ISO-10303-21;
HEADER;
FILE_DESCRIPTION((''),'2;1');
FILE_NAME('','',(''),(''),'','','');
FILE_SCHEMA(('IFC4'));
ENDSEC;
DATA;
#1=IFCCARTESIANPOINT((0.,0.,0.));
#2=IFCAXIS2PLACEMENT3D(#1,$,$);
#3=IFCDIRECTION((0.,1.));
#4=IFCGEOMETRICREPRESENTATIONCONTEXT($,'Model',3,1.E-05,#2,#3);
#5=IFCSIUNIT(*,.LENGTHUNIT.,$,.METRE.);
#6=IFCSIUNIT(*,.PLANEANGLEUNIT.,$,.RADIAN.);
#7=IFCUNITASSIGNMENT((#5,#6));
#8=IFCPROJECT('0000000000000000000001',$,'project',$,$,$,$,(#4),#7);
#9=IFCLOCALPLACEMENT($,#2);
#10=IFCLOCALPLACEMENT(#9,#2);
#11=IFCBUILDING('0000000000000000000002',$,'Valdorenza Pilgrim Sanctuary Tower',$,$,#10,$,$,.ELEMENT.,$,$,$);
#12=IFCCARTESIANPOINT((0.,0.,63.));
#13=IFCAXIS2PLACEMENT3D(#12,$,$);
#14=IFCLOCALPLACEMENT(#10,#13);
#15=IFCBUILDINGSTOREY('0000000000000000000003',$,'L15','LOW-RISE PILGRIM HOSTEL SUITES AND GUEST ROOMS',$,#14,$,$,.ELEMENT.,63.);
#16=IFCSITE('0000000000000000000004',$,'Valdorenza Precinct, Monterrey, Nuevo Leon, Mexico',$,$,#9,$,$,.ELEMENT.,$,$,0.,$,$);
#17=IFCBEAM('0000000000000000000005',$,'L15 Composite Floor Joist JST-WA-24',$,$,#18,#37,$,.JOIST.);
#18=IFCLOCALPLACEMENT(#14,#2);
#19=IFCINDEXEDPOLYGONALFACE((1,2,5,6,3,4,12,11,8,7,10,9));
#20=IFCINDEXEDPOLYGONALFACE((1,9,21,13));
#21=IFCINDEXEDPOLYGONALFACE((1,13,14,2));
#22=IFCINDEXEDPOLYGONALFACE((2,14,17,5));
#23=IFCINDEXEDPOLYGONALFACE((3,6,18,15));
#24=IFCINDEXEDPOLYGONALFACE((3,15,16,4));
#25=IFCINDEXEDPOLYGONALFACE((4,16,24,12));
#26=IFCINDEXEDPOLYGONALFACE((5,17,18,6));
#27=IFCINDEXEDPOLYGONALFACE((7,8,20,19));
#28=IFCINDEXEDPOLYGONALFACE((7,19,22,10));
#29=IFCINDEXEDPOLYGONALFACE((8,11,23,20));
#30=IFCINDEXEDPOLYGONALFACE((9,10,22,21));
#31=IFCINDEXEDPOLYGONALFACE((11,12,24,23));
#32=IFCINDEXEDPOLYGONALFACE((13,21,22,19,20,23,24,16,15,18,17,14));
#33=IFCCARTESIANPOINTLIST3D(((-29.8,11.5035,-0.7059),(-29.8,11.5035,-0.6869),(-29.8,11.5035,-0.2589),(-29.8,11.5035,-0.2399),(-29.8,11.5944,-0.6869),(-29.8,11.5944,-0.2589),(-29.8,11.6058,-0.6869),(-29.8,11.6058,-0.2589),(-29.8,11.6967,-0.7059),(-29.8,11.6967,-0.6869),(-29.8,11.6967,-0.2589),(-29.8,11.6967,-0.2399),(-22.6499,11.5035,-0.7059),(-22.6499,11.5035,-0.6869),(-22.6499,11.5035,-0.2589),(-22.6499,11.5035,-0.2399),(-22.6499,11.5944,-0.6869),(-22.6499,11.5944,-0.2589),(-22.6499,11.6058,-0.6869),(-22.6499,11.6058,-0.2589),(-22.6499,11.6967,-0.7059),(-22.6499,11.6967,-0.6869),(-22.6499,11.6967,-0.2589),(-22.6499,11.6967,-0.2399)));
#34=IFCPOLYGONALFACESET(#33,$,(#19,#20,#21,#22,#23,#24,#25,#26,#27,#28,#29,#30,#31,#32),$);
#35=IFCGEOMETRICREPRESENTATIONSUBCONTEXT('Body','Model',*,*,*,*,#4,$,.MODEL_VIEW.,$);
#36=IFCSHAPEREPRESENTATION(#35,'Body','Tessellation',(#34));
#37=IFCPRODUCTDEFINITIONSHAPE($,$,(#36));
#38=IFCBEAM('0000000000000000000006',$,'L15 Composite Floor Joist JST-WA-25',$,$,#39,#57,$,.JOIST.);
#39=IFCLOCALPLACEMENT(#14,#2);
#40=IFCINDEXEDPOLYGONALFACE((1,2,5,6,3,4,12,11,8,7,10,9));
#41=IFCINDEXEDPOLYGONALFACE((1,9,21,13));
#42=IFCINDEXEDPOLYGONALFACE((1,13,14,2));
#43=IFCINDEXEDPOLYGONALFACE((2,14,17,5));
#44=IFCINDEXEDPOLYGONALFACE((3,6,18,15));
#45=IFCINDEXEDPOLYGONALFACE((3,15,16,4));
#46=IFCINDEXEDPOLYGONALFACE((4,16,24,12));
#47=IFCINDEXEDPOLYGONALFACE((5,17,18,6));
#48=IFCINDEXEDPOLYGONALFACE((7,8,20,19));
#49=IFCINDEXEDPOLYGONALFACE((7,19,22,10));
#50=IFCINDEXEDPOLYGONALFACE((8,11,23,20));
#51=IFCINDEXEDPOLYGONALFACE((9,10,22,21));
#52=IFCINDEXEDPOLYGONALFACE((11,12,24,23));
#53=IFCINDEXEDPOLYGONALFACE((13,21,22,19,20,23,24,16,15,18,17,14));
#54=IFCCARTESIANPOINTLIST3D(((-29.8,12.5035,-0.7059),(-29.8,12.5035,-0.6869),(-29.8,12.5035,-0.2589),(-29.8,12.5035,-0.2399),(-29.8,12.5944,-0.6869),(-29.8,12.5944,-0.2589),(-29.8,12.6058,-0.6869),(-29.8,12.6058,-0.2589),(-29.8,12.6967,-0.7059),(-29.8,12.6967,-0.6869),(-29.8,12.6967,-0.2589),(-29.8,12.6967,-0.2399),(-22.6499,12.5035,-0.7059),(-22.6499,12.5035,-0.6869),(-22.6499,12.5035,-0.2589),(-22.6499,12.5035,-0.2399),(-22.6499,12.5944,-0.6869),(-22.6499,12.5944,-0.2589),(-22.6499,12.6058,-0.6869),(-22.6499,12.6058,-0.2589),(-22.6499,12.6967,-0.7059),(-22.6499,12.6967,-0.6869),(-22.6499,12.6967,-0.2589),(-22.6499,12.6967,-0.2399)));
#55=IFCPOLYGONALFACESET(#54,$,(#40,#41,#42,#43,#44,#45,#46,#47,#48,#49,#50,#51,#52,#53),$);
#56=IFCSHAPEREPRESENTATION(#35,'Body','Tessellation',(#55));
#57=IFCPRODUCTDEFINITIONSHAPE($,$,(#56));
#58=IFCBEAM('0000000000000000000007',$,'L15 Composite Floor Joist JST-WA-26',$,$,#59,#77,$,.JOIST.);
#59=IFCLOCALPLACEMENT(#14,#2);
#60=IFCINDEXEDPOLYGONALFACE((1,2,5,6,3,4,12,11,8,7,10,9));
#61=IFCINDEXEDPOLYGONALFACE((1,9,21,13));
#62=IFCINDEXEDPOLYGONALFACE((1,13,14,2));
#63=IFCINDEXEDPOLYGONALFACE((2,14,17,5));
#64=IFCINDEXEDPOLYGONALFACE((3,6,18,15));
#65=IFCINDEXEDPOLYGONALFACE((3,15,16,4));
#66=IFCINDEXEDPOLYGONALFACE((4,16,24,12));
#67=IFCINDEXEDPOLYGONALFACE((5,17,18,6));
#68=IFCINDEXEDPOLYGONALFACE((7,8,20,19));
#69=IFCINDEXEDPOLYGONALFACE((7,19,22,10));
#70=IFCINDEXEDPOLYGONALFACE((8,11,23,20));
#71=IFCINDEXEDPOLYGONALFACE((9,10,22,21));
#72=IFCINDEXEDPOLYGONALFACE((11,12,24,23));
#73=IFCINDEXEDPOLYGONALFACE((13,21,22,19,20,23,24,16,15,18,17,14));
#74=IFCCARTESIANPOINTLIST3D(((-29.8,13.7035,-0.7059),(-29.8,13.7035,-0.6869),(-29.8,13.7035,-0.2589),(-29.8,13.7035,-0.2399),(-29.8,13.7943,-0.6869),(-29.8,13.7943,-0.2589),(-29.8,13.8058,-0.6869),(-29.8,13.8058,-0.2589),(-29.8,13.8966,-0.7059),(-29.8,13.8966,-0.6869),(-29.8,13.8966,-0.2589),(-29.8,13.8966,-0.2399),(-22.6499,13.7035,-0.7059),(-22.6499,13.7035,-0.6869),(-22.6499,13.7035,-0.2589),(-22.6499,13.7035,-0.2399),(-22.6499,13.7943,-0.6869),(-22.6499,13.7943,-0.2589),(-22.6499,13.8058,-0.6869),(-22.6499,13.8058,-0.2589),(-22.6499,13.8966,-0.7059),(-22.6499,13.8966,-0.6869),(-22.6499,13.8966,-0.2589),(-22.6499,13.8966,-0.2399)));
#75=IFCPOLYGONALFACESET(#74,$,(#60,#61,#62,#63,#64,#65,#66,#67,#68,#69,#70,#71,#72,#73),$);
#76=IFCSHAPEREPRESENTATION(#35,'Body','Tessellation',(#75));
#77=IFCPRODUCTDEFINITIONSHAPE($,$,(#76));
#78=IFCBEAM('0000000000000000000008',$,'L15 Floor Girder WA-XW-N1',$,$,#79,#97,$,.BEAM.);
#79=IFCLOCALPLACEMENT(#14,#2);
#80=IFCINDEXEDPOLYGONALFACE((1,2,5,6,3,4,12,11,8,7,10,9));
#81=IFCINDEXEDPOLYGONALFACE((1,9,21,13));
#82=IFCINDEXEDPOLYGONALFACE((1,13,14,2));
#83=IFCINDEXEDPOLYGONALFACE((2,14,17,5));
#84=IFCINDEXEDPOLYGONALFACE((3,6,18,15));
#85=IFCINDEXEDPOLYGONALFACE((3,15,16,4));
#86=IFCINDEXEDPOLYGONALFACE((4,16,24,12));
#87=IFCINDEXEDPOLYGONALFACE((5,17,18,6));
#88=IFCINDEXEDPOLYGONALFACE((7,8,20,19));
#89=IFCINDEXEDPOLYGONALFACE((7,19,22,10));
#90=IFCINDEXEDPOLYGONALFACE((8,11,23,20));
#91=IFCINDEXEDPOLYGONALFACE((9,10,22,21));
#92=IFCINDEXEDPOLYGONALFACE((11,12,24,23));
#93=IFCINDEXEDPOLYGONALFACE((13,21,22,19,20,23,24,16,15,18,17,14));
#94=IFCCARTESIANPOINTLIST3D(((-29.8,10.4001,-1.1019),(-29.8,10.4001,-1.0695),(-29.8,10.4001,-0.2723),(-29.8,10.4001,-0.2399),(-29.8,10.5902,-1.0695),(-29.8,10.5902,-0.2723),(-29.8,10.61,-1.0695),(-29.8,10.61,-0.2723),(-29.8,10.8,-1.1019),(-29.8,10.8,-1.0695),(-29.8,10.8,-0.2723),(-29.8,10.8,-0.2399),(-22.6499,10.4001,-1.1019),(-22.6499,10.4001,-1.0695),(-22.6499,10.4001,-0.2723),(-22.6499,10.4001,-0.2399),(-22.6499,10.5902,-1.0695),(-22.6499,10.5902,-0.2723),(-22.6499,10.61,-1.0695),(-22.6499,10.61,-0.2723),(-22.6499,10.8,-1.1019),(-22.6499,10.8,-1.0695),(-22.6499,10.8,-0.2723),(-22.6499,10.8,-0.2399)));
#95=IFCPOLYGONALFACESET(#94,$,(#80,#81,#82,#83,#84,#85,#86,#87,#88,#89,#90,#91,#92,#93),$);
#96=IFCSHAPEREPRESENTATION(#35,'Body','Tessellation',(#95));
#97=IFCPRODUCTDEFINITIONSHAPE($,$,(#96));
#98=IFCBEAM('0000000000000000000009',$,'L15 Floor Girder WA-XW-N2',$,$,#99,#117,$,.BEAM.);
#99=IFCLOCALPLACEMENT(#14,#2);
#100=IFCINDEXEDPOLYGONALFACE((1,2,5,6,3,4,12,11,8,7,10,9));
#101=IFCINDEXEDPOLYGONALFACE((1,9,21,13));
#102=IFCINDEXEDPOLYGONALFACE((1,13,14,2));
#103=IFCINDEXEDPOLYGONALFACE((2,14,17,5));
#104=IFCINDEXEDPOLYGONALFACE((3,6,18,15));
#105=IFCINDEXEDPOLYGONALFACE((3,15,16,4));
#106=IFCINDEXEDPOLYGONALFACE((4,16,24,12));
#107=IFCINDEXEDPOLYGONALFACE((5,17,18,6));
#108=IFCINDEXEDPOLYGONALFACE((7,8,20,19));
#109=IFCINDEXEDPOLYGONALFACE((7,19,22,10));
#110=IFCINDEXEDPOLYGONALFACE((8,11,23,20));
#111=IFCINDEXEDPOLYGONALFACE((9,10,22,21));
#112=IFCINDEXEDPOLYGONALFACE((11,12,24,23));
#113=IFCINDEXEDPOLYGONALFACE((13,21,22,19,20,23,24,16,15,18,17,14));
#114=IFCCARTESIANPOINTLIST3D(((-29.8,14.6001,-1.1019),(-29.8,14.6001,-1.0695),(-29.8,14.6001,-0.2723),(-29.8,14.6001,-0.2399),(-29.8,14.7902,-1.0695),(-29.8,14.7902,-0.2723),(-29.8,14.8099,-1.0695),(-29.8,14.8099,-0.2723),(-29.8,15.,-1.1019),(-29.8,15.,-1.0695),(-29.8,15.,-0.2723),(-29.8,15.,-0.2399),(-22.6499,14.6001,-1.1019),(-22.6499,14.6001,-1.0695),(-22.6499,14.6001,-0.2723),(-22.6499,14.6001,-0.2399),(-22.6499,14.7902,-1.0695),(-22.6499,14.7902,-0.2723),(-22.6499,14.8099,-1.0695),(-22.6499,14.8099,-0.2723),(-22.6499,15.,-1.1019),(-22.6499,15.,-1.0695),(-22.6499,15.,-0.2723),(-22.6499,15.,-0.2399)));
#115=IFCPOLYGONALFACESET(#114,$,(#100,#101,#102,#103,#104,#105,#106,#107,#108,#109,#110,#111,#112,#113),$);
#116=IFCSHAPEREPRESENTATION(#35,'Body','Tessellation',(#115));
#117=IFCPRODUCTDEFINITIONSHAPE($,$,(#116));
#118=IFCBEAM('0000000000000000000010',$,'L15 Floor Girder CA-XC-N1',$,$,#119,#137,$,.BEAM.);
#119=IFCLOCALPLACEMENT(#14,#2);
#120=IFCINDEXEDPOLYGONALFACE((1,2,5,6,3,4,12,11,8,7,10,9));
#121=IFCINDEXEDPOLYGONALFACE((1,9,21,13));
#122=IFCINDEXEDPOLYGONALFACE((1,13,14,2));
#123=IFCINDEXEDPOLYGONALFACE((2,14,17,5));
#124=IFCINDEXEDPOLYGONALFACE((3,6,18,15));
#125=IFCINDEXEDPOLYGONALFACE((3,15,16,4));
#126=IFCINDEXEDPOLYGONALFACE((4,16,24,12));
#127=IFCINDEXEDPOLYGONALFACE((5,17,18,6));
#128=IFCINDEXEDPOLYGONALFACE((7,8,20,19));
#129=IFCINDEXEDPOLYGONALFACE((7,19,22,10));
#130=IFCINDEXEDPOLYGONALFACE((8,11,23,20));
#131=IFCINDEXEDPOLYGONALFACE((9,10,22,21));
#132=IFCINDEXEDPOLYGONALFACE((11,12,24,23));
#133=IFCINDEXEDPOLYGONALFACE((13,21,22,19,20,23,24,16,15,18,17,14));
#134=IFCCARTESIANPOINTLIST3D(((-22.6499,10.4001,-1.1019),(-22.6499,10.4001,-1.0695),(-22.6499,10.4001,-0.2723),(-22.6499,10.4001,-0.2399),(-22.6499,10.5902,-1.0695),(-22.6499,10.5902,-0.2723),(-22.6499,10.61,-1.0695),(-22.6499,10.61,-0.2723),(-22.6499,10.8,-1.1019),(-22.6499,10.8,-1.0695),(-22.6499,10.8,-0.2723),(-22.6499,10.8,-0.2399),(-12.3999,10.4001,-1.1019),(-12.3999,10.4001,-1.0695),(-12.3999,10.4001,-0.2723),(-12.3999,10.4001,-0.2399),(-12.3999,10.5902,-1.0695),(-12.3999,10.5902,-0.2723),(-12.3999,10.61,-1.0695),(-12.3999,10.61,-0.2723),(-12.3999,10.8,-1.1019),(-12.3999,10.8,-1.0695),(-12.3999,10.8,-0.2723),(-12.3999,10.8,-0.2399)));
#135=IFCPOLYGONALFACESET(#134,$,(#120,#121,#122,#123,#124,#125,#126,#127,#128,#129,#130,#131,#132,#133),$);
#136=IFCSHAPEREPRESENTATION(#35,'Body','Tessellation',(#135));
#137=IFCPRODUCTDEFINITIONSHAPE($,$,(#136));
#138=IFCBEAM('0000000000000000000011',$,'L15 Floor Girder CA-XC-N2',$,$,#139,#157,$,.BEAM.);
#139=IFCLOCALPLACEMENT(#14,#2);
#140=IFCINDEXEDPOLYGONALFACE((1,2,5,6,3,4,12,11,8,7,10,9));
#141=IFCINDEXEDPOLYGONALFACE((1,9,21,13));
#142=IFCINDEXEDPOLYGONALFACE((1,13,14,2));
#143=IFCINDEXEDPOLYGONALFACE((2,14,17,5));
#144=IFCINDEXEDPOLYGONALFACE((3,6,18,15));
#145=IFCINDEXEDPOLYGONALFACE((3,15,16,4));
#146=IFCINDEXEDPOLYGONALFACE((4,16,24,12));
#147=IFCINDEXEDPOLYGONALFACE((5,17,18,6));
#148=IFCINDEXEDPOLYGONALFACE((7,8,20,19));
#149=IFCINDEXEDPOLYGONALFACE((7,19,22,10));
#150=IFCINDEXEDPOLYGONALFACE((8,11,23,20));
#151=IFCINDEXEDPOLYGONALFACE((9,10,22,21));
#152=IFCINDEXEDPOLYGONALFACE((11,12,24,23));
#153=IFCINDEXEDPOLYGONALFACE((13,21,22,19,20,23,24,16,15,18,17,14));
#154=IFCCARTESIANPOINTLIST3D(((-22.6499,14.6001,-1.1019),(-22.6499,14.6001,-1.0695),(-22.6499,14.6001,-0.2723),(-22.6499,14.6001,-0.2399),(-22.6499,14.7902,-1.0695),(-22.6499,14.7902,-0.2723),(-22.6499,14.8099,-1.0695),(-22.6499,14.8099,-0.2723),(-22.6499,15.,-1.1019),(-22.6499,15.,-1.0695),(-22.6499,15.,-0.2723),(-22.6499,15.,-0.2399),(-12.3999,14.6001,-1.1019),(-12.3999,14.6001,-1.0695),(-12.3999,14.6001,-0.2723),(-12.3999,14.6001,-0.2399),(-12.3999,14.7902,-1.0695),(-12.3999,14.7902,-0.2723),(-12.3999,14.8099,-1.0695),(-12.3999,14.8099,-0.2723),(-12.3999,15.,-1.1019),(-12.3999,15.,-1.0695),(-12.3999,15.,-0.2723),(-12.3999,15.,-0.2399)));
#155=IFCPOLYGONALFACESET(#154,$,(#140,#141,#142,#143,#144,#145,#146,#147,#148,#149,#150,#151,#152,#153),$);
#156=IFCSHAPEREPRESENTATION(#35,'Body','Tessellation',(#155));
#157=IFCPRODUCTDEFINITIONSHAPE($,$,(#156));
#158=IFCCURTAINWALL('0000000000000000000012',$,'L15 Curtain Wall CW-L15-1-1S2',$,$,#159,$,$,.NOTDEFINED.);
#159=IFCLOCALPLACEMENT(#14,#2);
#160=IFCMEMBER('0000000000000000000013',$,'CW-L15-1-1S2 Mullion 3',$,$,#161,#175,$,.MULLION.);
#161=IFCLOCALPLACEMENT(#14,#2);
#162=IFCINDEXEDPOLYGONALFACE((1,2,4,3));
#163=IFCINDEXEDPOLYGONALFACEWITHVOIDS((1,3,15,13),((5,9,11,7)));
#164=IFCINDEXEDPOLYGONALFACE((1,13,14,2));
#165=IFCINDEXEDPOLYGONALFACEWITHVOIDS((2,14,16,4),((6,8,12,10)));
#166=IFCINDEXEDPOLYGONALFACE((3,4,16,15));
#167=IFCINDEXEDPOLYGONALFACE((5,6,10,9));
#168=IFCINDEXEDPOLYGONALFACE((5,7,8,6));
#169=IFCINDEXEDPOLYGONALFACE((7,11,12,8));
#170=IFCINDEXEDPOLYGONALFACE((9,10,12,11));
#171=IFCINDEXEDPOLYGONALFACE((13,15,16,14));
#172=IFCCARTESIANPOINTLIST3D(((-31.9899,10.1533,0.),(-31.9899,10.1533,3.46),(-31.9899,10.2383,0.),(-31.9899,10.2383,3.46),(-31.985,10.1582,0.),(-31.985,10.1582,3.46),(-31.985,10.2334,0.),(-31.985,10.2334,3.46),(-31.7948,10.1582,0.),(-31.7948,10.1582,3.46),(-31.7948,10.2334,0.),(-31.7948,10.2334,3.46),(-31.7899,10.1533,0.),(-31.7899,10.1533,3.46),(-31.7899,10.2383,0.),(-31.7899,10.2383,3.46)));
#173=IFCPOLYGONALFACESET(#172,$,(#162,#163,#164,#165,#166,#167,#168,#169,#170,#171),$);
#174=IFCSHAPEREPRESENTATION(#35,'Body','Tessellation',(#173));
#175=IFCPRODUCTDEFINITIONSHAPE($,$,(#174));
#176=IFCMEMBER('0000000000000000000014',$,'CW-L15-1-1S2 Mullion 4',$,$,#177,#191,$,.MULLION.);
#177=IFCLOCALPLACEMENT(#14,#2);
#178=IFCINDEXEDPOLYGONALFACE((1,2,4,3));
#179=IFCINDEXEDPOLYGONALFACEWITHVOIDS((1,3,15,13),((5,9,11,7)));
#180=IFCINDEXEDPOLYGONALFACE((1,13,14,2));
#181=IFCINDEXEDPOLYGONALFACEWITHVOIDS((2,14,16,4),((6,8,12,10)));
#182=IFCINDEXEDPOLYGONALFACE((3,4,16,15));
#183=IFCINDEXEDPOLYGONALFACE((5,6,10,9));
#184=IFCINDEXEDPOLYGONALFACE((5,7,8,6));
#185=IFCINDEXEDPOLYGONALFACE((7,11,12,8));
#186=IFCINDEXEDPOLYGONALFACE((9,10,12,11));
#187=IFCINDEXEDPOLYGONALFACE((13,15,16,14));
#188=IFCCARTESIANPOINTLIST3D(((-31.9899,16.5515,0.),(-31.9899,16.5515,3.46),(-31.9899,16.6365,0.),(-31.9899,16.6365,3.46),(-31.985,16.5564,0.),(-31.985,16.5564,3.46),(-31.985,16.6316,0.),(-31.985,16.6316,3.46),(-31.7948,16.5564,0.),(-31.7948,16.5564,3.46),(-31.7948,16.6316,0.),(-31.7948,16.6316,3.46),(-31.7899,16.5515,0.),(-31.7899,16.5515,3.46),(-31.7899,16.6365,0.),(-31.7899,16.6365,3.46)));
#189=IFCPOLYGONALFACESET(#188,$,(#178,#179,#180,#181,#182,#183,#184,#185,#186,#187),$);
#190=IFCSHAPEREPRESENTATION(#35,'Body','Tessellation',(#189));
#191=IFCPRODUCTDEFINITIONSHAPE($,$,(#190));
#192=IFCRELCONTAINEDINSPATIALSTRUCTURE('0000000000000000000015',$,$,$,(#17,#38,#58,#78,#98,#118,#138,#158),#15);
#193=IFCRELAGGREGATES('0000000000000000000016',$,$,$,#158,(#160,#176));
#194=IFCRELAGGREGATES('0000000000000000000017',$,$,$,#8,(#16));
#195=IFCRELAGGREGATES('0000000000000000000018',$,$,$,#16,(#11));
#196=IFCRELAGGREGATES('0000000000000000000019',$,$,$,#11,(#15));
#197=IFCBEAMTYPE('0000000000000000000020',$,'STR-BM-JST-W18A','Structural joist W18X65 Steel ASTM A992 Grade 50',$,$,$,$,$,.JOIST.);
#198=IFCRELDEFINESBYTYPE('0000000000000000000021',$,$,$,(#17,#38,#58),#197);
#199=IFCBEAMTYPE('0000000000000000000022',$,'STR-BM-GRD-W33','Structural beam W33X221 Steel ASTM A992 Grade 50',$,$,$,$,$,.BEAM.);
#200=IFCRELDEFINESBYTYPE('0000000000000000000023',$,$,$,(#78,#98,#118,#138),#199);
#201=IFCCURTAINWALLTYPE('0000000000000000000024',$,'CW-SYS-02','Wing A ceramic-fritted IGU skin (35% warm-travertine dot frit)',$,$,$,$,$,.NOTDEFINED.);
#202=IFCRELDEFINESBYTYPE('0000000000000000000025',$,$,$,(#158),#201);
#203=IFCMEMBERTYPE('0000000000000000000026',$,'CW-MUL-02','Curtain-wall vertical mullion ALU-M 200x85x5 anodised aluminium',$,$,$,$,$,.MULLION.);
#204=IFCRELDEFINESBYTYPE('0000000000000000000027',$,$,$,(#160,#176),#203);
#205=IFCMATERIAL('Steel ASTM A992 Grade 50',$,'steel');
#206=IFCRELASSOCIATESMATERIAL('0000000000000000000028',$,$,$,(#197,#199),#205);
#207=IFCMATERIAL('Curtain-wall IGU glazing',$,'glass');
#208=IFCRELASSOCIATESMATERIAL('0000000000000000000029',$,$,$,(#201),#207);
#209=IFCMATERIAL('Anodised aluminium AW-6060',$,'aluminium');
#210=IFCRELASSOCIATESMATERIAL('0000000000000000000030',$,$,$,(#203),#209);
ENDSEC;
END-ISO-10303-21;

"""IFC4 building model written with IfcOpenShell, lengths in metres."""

from ifc_helpers import new_model, si_unit, direction, frame, origin, origin_2d, place, context, subcontext, project, spatial, hollow_rectangle, i_section, extrude, source, transform, mapped, material, material_profile, profile_set, type_object, element, aggregate, save


model = new_model("IFC4")

# Units and contexts
model_context = context("Model", 3, precision=1e-05, world=origin(), true_north=direction((0.0, 1.0)))
body_context = subcontext(model_context, "Body", "Model", "MODEL_VIEW")
ifc_project = project(units=[si_unit("LENGTHUNIT", "METRE"), si_unit("PLANEANGLEUNIT", "RADIAN")], contexts=[model_context])

# Site, building, storey
site_placement = place(None, origin())
site = spatial("IfcSite", under=ifc_project, at=site_placement, Name="Valdorenza Precinct, Monterrey, Nuevo Leon, Mexico", CompositionType="ELEMENT", RefElevation=0.0)
building_placement = place(site_placement, origin())
building = spatial("IfcBuilding", under=site, at=building_placement, Name="Valdorenza Pilgrim Sanctuary Tower", CompositionType="ELEMENT")
storey_placement = place(building_placement, frame((0.0, 0.0, 63.0)))
storey = spatial("IfcBuildingStorey", under=building, at=storey_placement, Name="L15", Description="LOW-RISE PILGRIM HOSTEL SUITES AND GUEST ROOMS", CompositionType="ELEMENT", Elevation=63.0)

# Beams
ifc_material_1 = material(Name="Steel ASTM A992 Grade 50", Category="steel")
ifc_material_profile_1 = material_profile(ifc_material_1, i_section(OverallWidth=0.1931, OverallDepth=0.4661, WebThickness=0.0115, FlangeThickness=0.019, at=origin_2d()), Name="W18X65")
ifc_profile_set_1 = profile_set([ifc_material_profile_1], Name="Steel ASTM A992 Grade 50")
beam_type_1 = type_object("IfcBeamType", Name="STR-BM-JST-W18A", Description="Structural joist W18X65 Steel ASTM A992 Grade 50", PredefinedType="JOIST", material=ifc_profile_set_1)
shared_shape_1 = source(origin(), body_context, "Body", "SweptSolid", [
    extrude(i_section(OverallWidth=0.1931, OverallDepth=0.4661, WebThickness=0.0115, FlangeThickness=0.019, at=origin_2d()), origin(), (0.0, 0.0, 1.0), 7.1501),
])
for number, where, z_axis, x_axis, name in (
    (1, (-29.8, 11.6001, -0.4729), (1.0, 0.0, 0.0), (0.0, 1.0, 0.0), "L15 Composite Floor Joist JST-WA-24"),
    (2, (-29.8, 12.6001, -0.4729), (1.0, 0.0, 0.0), (0.0, 1.0, 0.0), "L15 Composite Floor Joist JST-WA-25"),
    (3, (-29.8, 13.8, -0.4729), (1.0, 0.0, 0.0), (0.0, 1.0, 0.0), "L15 Composite Floor Joist JST-WA-26"),
):
    element("IfcBeam", number, at=place(storey_placement, frame(where, z_axis=z_axis, x_axis=x_axis)), inside=storey, type_object=beam_type_1, Name=name, PredefinedType="JOIST", context=body_context, shape_type="MappedRepresentation", body=[
        mapped(shared_shape_1, transform((0.0, 0.0, 0.0), x_axis=(1.0, 0.0, 0.0), y_axis=(0.0, 1.0, 0.0), z_axis=(0.0, 0.0, 1.0), scale=1.0)),
    ])
ifc_material_profile_2 = material_profile(ifc_material_1, i_section(OverallWidth=0.3999, OverallDepth=0.8621, WebThickness=0.0198, FlangeThickness=0.0325, at=origin_2d()), Name="W33X221")
ifc_profile_set_2 = profile_set([ifc_material_profile_2], Name="Steel ASTM A992 Grade 50")
beam_type_2 = type_object("IfcBeamType", Name="STR-BM-GRD-W33", Description="Structural beam W33X221 Steel ASTM A992 Grade 50", PredefinedType="BEAM", material=ifc_profile_set_2)
shared_shape_2 = source(origin(), body_context, "Body", "SweptSolid", [
    extrude(i_section(OverallWidth=0.3999, OverallDepth=0.8621, WebThickness=0.0198, FlangeThickness=0.0325, at=origin_2d()), origin(), (0.0, 0.0, 1.0), 7.1501),
])
for number, where, z_axis, x_axis, name in (
    (4, (-29.8, 10.6001, -0.6709), (1.0, 0.0, 0.0), (0.0, 1.0, 0.0), "L15 Floor Girder WA-XW-N1"),
    (5, (-29.8, 14.8, -0.6709), (1.0, 0.0, 0.0), (0.0, 1.0, 0.0), "L15 Floor Girder WA-XW-N2"),
):
    element("IfcBeam", number, at=place(storey_placement, frame(where, z_axis=z_axis, x_axis=x_axis)), inside=storey, type_object=beam_type_2, Name=name, PredefinedType="BEAM", context=body_context, shape_type="MappedRepresentation", body=[
        mapped(shared_shape_2, transform((0.0, 0.0, 0.0), x_axis=(1.0, 0.0, 0.0), y_axis=(0.0, 1.0, 0.0), z_axis=(0.0, 0.0, 1.0), scale=1.0)),
    ])
shared_shape_3 = source(origin(), body_context, "Body", "SweptSolid", [
    extrude(i_section(OverallWidth=0.3999, OverallDepth=0.8621, WebThickness=0.0198, FlangeThickness=0.0325, at=origin_2d()), origin(), (0.0, 0.0, 1.0), 10.25),
])
for number, where, z_axis, x_axis, name in (
    (6, (-22.6499, 10.6001, -0.6709), (1.0, 0.0, 0.0), (0.0, 1.0, 0.0), "L15 Floor Girder CA-XC-N1"),
    (7, (-22.6499, 14.8, -0.6709), (1.0, 0.0, 0.0), (0.0, 1.0, 0.0), "L15 Floor Girder CA-XC-N2"),
):
    element("IfcBeam", number, at=place(storey_placement, frame(where, z_axis=z_axis, x_axis=x_axis)), inside=storey, type_object=beam_type_2, Name=name, PredefinedType="BEAM", context=body_context, shape_type="MappedRepresentation", body=[
        mapped(shared_shape_3, transform((0.0, 0.0, 0.0), x_axis=(1.0, 0.0, 0.0), y_axis=(0.0, 1.0, 0.0), z_axis=(0.0, 0.0, 1.0), scale=1.0)),
    ])

# Curtain wall, members
ifc_material_2 = material(Name="Curtain-wall IGU glazing", Category="glass")
curtain_wall_type = type_object("IfcCurtainWallType", Name="CW-SYS-02", Description="Wing A ceramic-fritted IGU skin (35% warm-travertine dot frit)", PredefinedType="NOTDEFINED", material=ifc_material_2)
curtain_wall_1_placement = place(storey_placement, origin())
curtain_wall_1 = element("IfcCurtainWall", 8, at=curtain_wall_1_placement, inside=storey, type_object=curtain_wall_type, Name="L15 Curtain Wall CW-L15-1-1S2", PredefinedType="NOTDEFINED")
ifc_material_3 = material(Name="Anodised aluminium AW-6060", Category="aluminium")
ifc_material_profile_3 = material_profile(ifc_material_3, hollow_rectangle(XDim=0.085, YDim=0.2, WallThickness=0.0049, at=origin_2d()), Name="ALU-M 200x85x5")
ifc_profile_set_3 = profile_set([ifc_material_profile_3], Name="Anodised aluminium AW-6060")
member_type_1 = type_object("IfcMemberType", Name="CW-MUL-02", Description="Curtain-wall vertical mullion ALU-M 200x85x5 anodised aluminium", PredefinedType="MULLION", material=ifc_profile_set_3)
shared_shape_4 = source(origin(), body_context, "Body", "SweptSolid", [
    extrude(hollow_rectangle(XDim=0.085, YDim=0.2, WallThickness=0.0049, at=origin_2d()), origin(), (0.0, 0.0, 1.0), 3.46),
])
member_1_placement = place(storey_placement, frame((-31.8899, 10.1958, 0.0), z_axis=(0.0, 0.0, 1.0), x_axis=(0.0, 1.0, 0.0)))
member_1 = element("IfcMember", 9, at=member_1_placement, type_object=member_type_1, Name="CW-L15-1-1S2 Mullion 3", PredefinedType="MULLION", context=body_context, shape_type="MappedRepresentation", body=[
    mapped(shared_shape_4, transform((0.0, 0.0, 0.0), x_axis=(1.0, 0.0, 0.0), y_axis=(0.0, 1.0, 0.0), z_axis=(0.0, 0.0, 1.0), scale=1.0)),
])
member_2_placement = place(storey_placement, frame((-31.8899, 16.594, 0.0), z_axis=(0.0, 0.0, 1.0), x_axis=(0.0, 1.0, 0.0)))
member_2 = element("IfcMember", 10, at=member_2_placement, type_object=member_type_1, Name="CW-L15-1-1S2 Mullion 4", PredefinedType="MULLION", context=body_context, shape_type="MappedRepresentation", body=[
    mapped(shared_shape_4, transform((0.0, 0.0, 0.0), x_axis=(1.0, 0.0, 0.0), y_axis=(0.0, 1.0, 0.0), z_axis=(0.0, 0.0, 1.0), scale=1.0)),
])

aggregate(curtain_wall_1, [member_1, member_2])

save(model, "model.ifc")
